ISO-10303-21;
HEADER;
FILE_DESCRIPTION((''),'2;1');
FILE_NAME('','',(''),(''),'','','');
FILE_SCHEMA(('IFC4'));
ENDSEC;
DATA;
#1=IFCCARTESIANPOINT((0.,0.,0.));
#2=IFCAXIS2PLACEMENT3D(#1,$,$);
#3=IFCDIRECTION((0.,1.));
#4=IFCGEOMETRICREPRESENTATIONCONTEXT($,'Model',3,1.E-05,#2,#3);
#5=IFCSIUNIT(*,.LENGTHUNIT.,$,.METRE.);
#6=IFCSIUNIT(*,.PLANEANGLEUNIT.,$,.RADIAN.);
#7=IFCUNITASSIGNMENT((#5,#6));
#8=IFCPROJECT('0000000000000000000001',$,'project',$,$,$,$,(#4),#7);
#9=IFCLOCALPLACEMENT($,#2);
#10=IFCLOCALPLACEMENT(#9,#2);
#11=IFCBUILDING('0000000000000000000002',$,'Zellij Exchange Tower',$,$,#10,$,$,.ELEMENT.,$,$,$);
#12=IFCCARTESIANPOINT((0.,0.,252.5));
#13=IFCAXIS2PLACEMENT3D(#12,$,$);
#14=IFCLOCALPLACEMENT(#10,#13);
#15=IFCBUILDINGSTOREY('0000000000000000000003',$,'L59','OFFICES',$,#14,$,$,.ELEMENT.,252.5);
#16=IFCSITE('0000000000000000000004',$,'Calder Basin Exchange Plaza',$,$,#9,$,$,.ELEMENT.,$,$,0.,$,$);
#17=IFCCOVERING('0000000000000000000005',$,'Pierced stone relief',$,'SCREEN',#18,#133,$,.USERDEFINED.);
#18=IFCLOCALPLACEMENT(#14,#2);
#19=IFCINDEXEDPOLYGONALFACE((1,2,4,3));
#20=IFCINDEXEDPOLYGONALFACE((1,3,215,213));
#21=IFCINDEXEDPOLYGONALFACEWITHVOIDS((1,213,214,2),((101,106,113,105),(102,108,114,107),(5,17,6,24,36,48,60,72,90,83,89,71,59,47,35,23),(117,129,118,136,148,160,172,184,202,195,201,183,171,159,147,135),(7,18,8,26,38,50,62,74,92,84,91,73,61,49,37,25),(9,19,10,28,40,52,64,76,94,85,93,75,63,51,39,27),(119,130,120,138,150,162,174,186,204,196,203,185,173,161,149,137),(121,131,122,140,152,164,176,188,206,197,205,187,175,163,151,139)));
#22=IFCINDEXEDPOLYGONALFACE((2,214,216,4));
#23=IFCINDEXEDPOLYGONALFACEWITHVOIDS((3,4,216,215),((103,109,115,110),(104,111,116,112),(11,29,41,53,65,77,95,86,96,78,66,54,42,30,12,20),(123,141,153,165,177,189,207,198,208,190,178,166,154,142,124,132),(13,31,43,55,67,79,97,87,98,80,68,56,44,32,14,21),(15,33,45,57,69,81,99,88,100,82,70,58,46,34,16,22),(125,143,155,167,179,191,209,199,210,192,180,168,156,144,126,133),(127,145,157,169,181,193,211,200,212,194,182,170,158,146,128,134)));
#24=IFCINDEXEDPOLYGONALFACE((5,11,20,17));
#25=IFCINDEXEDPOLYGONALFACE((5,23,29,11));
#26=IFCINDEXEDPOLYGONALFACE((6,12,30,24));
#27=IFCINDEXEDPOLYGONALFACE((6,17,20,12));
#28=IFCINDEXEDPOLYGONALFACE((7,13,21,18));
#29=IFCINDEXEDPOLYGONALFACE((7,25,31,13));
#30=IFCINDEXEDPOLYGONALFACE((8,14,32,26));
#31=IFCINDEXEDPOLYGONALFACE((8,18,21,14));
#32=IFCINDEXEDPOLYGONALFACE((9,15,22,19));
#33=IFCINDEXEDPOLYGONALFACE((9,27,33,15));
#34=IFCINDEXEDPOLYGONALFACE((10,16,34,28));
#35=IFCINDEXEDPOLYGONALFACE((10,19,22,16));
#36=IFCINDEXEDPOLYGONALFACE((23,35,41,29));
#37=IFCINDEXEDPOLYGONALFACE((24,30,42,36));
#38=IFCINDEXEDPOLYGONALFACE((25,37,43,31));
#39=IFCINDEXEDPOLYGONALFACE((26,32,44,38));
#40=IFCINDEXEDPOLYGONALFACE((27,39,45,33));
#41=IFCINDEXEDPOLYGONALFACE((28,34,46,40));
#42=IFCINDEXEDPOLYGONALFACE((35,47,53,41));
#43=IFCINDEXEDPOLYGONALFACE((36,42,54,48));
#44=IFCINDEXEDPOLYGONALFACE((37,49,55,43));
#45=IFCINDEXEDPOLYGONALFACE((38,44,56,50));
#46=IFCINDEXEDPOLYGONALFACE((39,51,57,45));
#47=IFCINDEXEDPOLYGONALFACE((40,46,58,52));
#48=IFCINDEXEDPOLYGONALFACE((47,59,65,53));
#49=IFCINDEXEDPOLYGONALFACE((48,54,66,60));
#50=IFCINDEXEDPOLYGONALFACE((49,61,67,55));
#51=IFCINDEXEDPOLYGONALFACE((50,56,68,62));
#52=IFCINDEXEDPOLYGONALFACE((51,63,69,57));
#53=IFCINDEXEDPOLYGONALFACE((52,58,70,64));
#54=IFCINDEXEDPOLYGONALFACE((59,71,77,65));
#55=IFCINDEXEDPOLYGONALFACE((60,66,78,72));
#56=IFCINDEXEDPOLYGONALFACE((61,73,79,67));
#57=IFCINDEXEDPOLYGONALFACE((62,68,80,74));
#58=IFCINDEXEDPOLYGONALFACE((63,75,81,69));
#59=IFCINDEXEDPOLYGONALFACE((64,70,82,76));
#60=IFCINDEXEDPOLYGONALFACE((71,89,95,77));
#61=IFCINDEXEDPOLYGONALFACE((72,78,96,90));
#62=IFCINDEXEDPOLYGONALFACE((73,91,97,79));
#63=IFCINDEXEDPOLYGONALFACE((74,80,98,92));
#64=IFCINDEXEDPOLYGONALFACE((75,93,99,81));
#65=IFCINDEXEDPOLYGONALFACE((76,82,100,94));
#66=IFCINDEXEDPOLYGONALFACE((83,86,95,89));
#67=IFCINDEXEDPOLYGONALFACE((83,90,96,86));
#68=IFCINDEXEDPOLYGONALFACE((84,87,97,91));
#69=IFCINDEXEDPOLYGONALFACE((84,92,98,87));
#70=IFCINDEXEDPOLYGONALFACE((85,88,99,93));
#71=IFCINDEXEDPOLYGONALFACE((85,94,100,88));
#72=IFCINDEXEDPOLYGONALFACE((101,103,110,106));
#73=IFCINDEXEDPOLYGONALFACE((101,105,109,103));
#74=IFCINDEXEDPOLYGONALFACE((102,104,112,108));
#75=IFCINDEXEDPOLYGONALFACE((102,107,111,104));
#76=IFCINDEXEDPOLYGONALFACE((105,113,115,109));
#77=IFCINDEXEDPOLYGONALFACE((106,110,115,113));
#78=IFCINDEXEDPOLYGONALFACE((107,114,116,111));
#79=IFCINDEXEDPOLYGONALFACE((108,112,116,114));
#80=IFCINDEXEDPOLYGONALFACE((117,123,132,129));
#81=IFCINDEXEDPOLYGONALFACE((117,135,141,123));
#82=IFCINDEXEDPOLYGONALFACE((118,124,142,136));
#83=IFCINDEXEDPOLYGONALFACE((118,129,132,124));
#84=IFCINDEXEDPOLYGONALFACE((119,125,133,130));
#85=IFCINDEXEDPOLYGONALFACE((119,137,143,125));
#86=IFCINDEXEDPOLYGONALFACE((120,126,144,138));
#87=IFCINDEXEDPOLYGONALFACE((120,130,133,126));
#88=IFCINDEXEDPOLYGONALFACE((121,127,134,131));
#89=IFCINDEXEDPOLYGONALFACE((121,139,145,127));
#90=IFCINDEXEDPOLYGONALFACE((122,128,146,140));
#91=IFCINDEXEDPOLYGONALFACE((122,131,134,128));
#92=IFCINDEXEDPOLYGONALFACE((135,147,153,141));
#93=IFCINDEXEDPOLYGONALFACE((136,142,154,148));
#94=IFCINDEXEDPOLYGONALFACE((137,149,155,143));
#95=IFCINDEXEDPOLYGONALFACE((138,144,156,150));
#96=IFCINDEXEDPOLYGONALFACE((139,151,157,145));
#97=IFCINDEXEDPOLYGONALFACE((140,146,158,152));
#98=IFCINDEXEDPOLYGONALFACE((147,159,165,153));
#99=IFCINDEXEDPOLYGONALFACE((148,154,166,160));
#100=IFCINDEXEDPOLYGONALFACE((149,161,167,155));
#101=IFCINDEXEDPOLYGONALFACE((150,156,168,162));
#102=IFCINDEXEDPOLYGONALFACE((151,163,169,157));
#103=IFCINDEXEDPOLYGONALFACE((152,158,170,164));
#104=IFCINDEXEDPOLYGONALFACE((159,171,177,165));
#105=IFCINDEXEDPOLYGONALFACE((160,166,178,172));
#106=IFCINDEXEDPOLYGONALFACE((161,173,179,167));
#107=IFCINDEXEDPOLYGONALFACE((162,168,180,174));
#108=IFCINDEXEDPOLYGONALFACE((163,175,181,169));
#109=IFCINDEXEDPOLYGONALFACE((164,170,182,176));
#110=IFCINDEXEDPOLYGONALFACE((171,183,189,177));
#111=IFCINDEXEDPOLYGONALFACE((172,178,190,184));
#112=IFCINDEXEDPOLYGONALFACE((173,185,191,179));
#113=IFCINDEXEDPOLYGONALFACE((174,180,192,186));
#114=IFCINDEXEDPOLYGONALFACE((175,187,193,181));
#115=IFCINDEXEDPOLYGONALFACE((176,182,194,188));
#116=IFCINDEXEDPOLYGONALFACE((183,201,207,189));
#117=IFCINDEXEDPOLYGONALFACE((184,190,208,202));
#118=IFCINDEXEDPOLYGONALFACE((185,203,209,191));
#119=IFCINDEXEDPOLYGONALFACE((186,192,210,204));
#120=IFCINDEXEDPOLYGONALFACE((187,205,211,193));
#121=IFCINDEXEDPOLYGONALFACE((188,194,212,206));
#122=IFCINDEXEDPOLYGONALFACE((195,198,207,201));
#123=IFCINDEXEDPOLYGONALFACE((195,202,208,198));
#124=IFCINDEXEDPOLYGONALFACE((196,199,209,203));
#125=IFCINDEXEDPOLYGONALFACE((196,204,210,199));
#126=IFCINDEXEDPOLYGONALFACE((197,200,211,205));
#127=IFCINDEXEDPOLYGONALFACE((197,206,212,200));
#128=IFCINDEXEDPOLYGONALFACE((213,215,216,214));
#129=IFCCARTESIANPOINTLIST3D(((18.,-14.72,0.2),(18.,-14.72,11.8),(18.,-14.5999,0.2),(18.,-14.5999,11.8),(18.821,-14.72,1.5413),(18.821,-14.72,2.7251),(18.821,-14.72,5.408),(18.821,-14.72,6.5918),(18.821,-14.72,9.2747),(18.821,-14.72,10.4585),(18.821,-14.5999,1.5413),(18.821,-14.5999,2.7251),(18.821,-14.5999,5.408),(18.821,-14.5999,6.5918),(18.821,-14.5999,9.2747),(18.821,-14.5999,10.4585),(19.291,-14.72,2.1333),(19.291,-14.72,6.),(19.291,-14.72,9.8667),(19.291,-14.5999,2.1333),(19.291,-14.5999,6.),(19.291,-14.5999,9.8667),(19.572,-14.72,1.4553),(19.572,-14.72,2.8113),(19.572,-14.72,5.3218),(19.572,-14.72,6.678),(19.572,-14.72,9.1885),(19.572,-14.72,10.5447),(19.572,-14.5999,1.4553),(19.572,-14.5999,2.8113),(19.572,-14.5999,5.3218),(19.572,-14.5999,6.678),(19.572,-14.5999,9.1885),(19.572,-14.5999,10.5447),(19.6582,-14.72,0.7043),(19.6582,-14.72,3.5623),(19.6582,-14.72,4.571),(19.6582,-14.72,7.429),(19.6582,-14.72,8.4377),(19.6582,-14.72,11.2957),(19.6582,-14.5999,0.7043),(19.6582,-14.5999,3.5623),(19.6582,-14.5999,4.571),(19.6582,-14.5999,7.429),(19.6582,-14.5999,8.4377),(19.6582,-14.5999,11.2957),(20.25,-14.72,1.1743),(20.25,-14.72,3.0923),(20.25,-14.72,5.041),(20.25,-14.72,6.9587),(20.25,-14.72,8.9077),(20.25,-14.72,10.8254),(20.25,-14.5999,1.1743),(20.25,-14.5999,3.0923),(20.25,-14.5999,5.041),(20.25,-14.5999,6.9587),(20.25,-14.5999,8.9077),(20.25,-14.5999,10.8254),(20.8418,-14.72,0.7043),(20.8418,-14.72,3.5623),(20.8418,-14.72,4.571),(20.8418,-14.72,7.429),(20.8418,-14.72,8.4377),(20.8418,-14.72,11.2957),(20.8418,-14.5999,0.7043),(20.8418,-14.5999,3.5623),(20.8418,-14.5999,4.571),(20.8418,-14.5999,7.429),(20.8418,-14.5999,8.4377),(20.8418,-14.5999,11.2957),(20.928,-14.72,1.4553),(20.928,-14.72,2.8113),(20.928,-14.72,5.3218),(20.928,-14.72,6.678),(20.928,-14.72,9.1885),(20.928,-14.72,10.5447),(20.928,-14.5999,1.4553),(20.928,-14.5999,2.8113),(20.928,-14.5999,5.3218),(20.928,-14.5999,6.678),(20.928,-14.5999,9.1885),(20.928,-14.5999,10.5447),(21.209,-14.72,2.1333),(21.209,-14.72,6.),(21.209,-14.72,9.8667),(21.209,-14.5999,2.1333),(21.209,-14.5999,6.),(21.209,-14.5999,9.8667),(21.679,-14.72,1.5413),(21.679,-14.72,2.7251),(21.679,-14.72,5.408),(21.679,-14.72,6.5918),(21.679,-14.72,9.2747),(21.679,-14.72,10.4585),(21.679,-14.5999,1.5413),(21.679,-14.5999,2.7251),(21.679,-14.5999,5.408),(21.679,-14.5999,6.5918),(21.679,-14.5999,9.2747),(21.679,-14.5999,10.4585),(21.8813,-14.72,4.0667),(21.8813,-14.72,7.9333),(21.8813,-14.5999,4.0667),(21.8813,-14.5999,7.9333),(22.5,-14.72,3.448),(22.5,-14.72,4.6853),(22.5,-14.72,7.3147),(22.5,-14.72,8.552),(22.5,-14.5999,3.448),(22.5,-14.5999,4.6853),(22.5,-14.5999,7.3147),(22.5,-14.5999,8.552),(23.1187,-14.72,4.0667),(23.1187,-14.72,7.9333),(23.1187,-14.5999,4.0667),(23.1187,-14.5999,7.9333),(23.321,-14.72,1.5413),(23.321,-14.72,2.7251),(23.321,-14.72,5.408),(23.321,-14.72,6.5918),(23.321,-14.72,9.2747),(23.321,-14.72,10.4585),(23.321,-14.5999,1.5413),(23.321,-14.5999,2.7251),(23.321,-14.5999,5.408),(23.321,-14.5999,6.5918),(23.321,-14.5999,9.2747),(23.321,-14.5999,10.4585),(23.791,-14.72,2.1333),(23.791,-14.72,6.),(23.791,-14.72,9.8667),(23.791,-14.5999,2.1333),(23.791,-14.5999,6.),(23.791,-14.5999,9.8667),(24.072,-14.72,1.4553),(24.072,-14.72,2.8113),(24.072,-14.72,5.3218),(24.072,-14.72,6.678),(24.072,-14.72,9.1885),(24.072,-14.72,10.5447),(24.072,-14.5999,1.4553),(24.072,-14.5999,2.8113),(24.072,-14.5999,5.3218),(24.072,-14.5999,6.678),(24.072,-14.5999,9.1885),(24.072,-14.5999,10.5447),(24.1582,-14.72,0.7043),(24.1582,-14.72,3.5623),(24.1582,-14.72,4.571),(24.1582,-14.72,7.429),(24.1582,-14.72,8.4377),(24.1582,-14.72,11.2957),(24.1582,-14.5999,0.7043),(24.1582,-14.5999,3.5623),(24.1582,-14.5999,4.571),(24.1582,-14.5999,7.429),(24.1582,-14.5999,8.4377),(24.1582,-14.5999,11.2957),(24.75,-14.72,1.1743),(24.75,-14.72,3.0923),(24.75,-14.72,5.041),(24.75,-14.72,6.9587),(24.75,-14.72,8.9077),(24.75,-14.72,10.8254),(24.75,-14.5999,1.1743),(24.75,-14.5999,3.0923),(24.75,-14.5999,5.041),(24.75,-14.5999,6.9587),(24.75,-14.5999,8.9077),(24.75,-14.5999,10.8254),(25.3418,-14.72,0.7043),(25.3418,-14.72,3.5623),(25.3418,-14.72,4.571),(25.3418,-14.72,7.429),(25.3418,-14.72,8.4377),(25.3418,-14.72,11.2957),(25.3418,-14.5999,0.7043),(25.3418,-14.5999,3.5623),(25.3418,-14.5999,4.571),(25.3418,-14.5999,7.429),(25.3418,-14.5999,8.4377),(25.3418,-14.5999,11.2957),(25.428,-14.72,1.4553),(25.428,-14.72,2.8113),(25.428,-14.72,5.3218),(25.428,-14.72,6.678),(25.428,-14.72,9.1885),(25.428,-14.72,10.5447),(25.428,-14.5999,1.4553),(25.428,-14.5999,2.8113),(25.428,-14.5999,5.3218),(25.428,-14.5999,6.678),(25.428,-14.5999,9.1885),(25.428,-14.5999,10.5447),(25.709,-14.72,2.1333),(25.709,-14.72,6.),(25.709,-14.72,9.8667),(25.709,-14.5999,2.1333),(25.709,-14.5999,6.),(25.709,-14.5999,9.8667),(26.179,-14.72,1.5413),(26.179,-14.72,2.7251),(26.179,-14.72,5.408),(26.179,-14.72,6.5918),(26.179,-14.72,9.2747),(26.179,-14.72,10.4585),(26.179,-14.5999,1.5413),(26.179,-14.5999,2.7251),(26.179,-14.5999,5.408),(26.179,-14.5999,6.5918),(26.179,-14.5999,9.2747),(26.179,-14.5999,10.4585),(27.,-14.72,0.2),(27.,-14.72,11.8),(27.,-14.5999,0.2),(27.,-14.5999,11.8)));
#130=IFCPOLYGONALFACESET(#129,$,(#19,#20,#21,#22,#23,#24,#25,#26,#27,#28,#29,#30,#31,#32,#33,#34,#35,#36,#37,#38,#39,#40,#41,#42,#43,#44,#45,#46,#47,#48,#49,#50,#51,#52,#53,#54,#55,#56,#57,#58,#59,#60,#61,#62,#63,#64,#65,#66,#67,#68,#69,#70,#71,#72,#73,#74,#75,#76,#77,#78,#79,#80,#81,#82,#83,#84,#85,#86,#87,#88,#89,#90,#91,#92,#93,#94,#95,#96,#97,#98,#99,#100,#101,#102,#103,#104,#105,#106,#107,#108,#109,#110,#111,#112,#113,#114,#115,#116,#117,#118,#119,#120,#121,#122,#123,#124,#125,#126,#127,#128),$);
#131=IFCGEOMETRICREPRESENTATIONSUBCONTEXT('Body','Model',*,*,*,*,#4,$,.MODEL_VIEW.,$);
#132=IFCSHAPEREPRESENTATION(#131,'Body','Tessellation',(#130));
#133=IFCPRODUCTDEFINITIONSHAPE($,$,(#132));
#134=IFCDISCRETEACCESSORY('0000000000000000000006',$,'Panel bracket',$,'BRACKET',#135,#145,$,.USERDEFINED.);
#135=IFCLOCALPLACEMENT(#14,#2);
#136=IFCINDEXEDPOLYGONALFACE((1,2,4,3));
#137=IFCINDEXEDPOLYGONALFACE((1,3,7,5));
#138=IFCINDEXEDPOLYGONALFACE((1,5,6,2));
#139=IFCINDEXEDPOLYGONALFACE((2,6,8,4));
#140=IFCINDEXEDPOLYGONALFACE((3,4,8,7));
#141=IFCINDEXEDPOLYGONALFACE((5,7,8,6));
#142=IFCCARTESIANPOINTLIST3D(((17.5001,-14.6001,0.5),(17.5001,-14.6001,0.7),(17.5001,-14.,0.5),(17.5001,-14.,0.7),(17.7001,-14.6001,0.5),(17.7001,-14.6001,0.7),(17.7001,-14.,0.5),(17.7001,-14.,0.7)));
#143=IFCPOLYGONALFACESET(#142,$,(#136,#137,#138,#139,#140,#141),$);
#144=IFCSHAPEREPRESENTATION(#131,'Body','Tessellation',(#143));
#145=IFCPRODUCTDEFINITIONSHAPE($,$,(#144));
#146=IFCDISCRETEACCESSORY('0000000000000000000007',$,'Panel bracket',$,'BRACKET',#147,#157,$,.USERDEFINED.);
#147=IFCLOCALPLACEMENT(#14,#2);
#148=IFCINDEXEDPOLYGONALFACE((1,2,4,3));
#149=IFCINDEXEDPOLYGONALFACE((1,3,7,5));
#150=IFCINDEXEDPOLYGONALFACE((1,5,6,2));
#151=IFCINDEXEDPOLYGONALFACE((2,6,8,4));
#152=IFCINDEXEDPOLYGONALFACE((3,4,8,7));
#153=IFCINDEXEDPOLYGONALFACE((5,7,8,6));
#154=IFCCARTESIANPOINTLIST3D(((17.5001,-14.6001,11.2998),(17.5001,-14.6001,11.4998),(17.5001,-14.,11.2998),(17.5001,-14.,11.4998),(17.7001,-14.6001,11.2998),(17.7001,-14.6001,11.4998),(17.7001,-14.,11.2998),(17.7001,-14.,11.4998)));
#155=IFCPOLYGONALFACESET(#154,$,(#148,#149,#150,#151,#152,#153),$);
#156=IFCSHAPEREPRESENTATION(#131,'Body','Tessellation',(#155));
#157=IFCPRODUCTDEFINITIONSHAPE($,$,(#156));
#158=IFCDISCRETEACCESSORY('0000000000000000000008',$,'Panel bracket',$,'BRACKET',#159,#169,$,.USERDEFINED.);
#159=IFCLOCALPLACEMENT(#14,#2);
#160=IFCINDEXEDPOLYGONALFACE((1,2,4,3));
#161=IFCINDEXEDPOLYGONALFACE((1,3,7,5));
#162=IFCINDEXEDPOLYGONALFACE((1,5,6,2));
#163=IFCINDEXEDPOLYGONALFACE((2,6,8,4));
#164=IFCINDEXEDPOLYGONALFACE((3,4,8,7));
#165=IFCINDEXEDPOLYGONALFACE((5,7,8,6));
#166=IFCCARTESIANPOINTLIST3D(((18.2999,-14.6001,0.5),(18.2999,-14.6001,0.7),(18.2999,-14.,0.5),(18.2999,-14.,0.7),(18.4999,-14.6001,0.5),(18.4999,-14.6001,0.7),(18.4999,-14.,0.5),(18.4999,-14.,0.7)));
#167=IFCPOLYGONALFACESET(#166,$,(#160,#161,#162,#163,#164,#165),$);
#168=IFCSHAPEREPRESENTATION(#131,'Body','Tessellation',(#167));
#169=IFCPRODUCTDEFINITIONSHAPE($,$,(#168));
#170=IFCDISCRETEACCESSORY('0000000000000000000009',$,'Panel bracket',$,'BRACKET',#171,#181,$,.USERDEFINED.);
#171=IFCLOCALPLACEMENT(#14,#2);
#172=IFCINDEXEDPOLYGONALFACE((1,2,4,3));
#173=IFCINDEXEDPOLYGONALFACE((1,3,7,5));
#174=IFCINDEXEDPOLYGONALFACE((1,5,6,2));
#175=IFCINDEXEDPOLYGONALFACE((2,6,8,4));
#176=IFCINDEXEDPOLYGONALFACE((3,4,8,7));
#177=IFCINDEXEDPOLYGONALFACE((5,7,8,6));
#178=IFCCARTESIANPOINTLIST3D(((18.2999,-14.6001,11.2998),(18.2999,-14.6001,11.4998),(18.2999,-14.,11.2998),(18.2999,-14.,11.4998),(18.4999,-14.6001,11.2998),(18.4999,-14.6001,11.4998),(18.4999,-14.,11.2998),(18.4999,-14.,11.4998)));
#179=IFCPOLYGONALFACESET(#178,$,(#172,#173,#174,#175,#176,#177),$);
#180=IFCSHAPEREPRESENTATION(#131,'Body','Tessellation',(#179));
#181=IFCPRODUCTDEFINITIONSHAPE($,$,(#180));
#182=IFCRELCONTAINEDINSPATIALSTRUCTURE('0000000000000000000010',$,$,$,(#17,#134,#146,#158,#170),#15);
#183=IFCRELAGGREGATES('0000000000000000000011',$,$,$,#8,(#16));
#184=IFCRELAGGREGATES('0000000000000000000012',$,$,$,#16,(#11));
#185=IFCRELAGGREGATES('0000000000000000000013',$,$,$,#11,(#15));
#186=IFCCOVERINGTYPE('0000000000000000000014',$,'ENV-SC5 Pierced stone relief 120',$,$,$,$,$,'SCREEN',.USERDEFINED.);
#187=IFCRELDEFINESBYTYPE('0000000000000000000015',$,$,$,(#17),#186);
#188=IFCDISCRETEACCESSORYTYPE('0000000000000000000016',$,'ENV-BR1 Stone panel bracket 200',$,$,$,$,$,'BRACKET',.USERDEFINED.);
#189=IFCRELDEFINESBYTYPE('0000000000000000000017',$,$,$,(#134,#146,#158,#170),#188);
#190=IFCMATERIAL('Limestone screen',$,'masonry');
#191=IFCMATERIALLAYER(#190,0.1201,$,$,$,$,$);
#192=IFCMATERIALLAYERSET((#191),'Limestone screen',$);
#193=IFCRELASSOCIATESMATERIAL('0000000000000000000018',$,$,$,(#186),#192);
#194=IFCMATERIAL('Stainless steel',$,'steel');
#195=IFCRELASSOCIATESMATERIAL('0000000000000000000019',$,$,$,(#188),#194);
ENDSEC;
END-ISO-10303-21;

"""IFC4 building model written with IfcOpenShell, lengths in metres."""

from ifc_helpers import new_model, si_unit, direction, frame, origin, origin_2d, place, context, subcontext, project, spatial, polyline, rectangle, outline, extrude, material, layer, layer_set, type_object, element, save


model = new_model("IFC4")

# Units and contexts
model_context = context("Model", 3, precision=1e-05, world=origin(), true_north=direction((0.0, 1.0)))
body_context = subcontext(model_context, "Body", "Model", "MODEL_VIEW")
ifc_project = project(units=[si_unit("LENGTHUNIT", "METRE"), si_unit("PLANEANGLEUNIT", "RADIAN")], contexts=[model_context])

# Site, building, storey
site_placement = place(None, origin())
site = spatial("IfcSite", under=ifc_project, at=site_placement, Name="Calder Basin Exchange Plaza", CompositionType="ELEMENT", RefElevation=0.0)
building_placement = place(site_placement, origin())
building = spatial("IfcBuilding", under=site, at=building_placement, Name="Zellij Exchange Tower", CompositionType="ELEMENT")
storey_placement = place(building_placement, frame((0.0, 0.0, 252.5)))
storey = spatial("IfcBuildingStorey", under=building, at=storey_placement, Name="L59", Description="OFFICES", CompositionType="ELEMENT", Elevation=252.5)

# Shared definitions
ifc_material_1 = material(Name="Stainless steel", Category="steel")

# Covering
ifc_material_2 = material(Name="Limestone screen", Category="masonry")
ifc_layer_1 = layer(ifc_material_2, 0.1201)
ifc_layer_set_1 = layer_set([ifc_layer_1], Name="Limestone screen")
covering_type = type_object("IfcCoveringType", Name="ENV-SC5 Pierced stone relief 120", ElementType="SCREEN", PredefinedType="USERDEFINED", material=ifc_layer_set_1)
covering_placement = place(storey_placement, frame((18.0, -14.6599, 0.2), z_axis=(0.0, 0.0, 1.0), x_axis=(1.0, 0.0, 0.0)))
element("IfcCovering", 1, at=covering_placement, inside=storey, type_object=covering_type, Name="Pierced stone relief", ObjectType="SCREEN", PredefinedType="USERDEFINED", context=body_context, shape_type="SweptSolid", body=[
    extrude(outline(polyline([(0.0, 0.0), (9.0, 0.0), (9.0, 11.6001), (0.0, 11.6001), (0.0, 0.0)]), holes=[polyline([(3.679, 2.5251), (2.928, 2.6113), (2.8418, 3.3623), (2.25, 2.8923), (1.6582, 3.3623), (1.572, 2.6113), (0.821, 2.5251), (1.291, 1.9333), (0.821, 1.3413), (1.572, 1.2554), (1.6582, 0.5044), (2.25, 0.9744), (2.8418, 0.5044), (2.928, 1.2554), (3.679, 1.3413), (3.209, 1.9333), (3.679, 2.5251)]), polyline([(3.679, 6.3918), (2.928, 6.478), (2.8418, 7.229), (2.25, 6.7588), (1.6582, 7.229), (1.572, 6.478), (0.821, 6.3918), (1.291, 5.8), (0.821, 5.208), (1.572, 5.1218), (1.6582, 4.3711), (2.25, 4.8411), (2.8418, 4.3711), (2.928, 5.1218), (3.679, 5.208), (3.209, 5.8), (3.679, 6.3918)]), polyline([(3.679, 10.2585), (2.928, 10.3447), (2.8418, 11.0957), (2.25, 10.6255), (1.6582, 11.0957), (1.572, 10.3447), (0.821, 10.2585), (1.291, 9.6667), (0.821, 9.0747), (1.572, 8.9885), (1.6582, 8.2378), (2.25, 8.7078), (2.8418, 8.2378), (2.928, 8.9885), (3.679, 9.0747), (3.209, 9.6667), (3.679, 10.2585)]), polyline([(8.179, 2.5251), (7.428, 2.6113), (7.3418, 3.3623), (6.75, 2.8923), (6.1582, 3.3623), (6.072, 2.6113), (5.321, 2.5251), (5.791, 1.9333), (5.321, 1.3413), (6.072, 1.2554), (6.1582, 0.5044), (6.75, 0.9744), (7.3418, 0.5044), (7.428, 1.2554), (8.179, 1.3413), (7.709, 1.9333), (8.179, 2.5251)]), polyline([(8.179, 6.3918), (7.428, 6.478), (7.3418, 7.229), (6.75, 6.7588), (6.1582, 7.229), (6.072, 6.478), (5.321, 6.3918), (5.791, 5.8), (5.321, 5.208), (6.072, 5.1218), (6.1582, 4.3711), (6.75, 4.8411), (7.3418, 4.3711), (7.428, 5.1218), (8.179, 5.208), (7.709, 5.8), (8.179, 6.3918)]), polyline([(8.179, 10.2585), (7.428, 10.3447), (7.3418, 11.0957), (6.75, 10.6255), (6.1582, 11.0957), (6.072, 10.3447), (5.321, 10.2585), (5.791, 9.6667), (5.321, 9.0747), (6.072, 8.9885), (6.1582, 8.2378), (6.75, 8.7078), (7.3418, 8.2378), (7.428, 8.9885), (8.179, 9.0747), (7.709, 9.6667), (8.179, 10.2585)]), polyline([(5.1187, 3.8667), (4.5, 4.4854), (3.8813, 3.8667), (4.5, 3.248), (5.1187, 3.8667)]), polyline([(5.1187, 7.7334), (4.5, 8.3521), (3.8813, 7.7334), (4.5, 7.1147), (5.1187, 7.7334)])]), frame((0.0, 0.0601, 0.0), z_axis=(0.0, -1.0, 0.0), x_axis=(1.0, 0.0, 0.0)), (0.0, 0.0, 1.0), 0.1201),
])

# Discrete accessories
discrete_accessory_type = type_object("IfcDiscreteAccessoryType", Name="ENV-BR1 Stone panel bracket 200", ElementType="BRACKET", PredefinedType="USERDEFINED", material=ifc_material_1)
for number, where, z_axis, x_axis, name in (
    (2, (17.6001, -14.3, 0.5), (0.0, 0.0, 1.0), (1.0, 0.0, 0.0), "Panel bracket"),
    (3, (17.6001, -14.3, 11.2998), (0.0, 0.0, 1.0), (1.0, 0.0, 0.0), "Panel bracket"),
    (4, (18.3999, -14.3, 0.5), (0.0, 0.0, 1.0), (1.0, 0.0, 0.0), "Panel bracket"),
    (5, (18.3999, -14.3, 11.2998), (0.0, 0.0, 1.0), (1.0, 0.0, 0.0), "Panel bracket"),
):
    element("IfcDiscreteAccessory", number, at=place(storey_placement, frame(where, z_axis=z_axis, x_axis=x_axis)), inside=storey, type_object=discrete_accessory_type, Name=name, ObjectType="BRACKET", PredefinedType="USERDEFINED", context=body_context, shape_type="SweptSolid", body=[
        extrude(rectangle(XDim=0.2, YDim=0.6001, at=origin_2d()), origin(), (0.0, 0.0, 1.0), 0.2),
    ])

save(model, "model.ifc")
